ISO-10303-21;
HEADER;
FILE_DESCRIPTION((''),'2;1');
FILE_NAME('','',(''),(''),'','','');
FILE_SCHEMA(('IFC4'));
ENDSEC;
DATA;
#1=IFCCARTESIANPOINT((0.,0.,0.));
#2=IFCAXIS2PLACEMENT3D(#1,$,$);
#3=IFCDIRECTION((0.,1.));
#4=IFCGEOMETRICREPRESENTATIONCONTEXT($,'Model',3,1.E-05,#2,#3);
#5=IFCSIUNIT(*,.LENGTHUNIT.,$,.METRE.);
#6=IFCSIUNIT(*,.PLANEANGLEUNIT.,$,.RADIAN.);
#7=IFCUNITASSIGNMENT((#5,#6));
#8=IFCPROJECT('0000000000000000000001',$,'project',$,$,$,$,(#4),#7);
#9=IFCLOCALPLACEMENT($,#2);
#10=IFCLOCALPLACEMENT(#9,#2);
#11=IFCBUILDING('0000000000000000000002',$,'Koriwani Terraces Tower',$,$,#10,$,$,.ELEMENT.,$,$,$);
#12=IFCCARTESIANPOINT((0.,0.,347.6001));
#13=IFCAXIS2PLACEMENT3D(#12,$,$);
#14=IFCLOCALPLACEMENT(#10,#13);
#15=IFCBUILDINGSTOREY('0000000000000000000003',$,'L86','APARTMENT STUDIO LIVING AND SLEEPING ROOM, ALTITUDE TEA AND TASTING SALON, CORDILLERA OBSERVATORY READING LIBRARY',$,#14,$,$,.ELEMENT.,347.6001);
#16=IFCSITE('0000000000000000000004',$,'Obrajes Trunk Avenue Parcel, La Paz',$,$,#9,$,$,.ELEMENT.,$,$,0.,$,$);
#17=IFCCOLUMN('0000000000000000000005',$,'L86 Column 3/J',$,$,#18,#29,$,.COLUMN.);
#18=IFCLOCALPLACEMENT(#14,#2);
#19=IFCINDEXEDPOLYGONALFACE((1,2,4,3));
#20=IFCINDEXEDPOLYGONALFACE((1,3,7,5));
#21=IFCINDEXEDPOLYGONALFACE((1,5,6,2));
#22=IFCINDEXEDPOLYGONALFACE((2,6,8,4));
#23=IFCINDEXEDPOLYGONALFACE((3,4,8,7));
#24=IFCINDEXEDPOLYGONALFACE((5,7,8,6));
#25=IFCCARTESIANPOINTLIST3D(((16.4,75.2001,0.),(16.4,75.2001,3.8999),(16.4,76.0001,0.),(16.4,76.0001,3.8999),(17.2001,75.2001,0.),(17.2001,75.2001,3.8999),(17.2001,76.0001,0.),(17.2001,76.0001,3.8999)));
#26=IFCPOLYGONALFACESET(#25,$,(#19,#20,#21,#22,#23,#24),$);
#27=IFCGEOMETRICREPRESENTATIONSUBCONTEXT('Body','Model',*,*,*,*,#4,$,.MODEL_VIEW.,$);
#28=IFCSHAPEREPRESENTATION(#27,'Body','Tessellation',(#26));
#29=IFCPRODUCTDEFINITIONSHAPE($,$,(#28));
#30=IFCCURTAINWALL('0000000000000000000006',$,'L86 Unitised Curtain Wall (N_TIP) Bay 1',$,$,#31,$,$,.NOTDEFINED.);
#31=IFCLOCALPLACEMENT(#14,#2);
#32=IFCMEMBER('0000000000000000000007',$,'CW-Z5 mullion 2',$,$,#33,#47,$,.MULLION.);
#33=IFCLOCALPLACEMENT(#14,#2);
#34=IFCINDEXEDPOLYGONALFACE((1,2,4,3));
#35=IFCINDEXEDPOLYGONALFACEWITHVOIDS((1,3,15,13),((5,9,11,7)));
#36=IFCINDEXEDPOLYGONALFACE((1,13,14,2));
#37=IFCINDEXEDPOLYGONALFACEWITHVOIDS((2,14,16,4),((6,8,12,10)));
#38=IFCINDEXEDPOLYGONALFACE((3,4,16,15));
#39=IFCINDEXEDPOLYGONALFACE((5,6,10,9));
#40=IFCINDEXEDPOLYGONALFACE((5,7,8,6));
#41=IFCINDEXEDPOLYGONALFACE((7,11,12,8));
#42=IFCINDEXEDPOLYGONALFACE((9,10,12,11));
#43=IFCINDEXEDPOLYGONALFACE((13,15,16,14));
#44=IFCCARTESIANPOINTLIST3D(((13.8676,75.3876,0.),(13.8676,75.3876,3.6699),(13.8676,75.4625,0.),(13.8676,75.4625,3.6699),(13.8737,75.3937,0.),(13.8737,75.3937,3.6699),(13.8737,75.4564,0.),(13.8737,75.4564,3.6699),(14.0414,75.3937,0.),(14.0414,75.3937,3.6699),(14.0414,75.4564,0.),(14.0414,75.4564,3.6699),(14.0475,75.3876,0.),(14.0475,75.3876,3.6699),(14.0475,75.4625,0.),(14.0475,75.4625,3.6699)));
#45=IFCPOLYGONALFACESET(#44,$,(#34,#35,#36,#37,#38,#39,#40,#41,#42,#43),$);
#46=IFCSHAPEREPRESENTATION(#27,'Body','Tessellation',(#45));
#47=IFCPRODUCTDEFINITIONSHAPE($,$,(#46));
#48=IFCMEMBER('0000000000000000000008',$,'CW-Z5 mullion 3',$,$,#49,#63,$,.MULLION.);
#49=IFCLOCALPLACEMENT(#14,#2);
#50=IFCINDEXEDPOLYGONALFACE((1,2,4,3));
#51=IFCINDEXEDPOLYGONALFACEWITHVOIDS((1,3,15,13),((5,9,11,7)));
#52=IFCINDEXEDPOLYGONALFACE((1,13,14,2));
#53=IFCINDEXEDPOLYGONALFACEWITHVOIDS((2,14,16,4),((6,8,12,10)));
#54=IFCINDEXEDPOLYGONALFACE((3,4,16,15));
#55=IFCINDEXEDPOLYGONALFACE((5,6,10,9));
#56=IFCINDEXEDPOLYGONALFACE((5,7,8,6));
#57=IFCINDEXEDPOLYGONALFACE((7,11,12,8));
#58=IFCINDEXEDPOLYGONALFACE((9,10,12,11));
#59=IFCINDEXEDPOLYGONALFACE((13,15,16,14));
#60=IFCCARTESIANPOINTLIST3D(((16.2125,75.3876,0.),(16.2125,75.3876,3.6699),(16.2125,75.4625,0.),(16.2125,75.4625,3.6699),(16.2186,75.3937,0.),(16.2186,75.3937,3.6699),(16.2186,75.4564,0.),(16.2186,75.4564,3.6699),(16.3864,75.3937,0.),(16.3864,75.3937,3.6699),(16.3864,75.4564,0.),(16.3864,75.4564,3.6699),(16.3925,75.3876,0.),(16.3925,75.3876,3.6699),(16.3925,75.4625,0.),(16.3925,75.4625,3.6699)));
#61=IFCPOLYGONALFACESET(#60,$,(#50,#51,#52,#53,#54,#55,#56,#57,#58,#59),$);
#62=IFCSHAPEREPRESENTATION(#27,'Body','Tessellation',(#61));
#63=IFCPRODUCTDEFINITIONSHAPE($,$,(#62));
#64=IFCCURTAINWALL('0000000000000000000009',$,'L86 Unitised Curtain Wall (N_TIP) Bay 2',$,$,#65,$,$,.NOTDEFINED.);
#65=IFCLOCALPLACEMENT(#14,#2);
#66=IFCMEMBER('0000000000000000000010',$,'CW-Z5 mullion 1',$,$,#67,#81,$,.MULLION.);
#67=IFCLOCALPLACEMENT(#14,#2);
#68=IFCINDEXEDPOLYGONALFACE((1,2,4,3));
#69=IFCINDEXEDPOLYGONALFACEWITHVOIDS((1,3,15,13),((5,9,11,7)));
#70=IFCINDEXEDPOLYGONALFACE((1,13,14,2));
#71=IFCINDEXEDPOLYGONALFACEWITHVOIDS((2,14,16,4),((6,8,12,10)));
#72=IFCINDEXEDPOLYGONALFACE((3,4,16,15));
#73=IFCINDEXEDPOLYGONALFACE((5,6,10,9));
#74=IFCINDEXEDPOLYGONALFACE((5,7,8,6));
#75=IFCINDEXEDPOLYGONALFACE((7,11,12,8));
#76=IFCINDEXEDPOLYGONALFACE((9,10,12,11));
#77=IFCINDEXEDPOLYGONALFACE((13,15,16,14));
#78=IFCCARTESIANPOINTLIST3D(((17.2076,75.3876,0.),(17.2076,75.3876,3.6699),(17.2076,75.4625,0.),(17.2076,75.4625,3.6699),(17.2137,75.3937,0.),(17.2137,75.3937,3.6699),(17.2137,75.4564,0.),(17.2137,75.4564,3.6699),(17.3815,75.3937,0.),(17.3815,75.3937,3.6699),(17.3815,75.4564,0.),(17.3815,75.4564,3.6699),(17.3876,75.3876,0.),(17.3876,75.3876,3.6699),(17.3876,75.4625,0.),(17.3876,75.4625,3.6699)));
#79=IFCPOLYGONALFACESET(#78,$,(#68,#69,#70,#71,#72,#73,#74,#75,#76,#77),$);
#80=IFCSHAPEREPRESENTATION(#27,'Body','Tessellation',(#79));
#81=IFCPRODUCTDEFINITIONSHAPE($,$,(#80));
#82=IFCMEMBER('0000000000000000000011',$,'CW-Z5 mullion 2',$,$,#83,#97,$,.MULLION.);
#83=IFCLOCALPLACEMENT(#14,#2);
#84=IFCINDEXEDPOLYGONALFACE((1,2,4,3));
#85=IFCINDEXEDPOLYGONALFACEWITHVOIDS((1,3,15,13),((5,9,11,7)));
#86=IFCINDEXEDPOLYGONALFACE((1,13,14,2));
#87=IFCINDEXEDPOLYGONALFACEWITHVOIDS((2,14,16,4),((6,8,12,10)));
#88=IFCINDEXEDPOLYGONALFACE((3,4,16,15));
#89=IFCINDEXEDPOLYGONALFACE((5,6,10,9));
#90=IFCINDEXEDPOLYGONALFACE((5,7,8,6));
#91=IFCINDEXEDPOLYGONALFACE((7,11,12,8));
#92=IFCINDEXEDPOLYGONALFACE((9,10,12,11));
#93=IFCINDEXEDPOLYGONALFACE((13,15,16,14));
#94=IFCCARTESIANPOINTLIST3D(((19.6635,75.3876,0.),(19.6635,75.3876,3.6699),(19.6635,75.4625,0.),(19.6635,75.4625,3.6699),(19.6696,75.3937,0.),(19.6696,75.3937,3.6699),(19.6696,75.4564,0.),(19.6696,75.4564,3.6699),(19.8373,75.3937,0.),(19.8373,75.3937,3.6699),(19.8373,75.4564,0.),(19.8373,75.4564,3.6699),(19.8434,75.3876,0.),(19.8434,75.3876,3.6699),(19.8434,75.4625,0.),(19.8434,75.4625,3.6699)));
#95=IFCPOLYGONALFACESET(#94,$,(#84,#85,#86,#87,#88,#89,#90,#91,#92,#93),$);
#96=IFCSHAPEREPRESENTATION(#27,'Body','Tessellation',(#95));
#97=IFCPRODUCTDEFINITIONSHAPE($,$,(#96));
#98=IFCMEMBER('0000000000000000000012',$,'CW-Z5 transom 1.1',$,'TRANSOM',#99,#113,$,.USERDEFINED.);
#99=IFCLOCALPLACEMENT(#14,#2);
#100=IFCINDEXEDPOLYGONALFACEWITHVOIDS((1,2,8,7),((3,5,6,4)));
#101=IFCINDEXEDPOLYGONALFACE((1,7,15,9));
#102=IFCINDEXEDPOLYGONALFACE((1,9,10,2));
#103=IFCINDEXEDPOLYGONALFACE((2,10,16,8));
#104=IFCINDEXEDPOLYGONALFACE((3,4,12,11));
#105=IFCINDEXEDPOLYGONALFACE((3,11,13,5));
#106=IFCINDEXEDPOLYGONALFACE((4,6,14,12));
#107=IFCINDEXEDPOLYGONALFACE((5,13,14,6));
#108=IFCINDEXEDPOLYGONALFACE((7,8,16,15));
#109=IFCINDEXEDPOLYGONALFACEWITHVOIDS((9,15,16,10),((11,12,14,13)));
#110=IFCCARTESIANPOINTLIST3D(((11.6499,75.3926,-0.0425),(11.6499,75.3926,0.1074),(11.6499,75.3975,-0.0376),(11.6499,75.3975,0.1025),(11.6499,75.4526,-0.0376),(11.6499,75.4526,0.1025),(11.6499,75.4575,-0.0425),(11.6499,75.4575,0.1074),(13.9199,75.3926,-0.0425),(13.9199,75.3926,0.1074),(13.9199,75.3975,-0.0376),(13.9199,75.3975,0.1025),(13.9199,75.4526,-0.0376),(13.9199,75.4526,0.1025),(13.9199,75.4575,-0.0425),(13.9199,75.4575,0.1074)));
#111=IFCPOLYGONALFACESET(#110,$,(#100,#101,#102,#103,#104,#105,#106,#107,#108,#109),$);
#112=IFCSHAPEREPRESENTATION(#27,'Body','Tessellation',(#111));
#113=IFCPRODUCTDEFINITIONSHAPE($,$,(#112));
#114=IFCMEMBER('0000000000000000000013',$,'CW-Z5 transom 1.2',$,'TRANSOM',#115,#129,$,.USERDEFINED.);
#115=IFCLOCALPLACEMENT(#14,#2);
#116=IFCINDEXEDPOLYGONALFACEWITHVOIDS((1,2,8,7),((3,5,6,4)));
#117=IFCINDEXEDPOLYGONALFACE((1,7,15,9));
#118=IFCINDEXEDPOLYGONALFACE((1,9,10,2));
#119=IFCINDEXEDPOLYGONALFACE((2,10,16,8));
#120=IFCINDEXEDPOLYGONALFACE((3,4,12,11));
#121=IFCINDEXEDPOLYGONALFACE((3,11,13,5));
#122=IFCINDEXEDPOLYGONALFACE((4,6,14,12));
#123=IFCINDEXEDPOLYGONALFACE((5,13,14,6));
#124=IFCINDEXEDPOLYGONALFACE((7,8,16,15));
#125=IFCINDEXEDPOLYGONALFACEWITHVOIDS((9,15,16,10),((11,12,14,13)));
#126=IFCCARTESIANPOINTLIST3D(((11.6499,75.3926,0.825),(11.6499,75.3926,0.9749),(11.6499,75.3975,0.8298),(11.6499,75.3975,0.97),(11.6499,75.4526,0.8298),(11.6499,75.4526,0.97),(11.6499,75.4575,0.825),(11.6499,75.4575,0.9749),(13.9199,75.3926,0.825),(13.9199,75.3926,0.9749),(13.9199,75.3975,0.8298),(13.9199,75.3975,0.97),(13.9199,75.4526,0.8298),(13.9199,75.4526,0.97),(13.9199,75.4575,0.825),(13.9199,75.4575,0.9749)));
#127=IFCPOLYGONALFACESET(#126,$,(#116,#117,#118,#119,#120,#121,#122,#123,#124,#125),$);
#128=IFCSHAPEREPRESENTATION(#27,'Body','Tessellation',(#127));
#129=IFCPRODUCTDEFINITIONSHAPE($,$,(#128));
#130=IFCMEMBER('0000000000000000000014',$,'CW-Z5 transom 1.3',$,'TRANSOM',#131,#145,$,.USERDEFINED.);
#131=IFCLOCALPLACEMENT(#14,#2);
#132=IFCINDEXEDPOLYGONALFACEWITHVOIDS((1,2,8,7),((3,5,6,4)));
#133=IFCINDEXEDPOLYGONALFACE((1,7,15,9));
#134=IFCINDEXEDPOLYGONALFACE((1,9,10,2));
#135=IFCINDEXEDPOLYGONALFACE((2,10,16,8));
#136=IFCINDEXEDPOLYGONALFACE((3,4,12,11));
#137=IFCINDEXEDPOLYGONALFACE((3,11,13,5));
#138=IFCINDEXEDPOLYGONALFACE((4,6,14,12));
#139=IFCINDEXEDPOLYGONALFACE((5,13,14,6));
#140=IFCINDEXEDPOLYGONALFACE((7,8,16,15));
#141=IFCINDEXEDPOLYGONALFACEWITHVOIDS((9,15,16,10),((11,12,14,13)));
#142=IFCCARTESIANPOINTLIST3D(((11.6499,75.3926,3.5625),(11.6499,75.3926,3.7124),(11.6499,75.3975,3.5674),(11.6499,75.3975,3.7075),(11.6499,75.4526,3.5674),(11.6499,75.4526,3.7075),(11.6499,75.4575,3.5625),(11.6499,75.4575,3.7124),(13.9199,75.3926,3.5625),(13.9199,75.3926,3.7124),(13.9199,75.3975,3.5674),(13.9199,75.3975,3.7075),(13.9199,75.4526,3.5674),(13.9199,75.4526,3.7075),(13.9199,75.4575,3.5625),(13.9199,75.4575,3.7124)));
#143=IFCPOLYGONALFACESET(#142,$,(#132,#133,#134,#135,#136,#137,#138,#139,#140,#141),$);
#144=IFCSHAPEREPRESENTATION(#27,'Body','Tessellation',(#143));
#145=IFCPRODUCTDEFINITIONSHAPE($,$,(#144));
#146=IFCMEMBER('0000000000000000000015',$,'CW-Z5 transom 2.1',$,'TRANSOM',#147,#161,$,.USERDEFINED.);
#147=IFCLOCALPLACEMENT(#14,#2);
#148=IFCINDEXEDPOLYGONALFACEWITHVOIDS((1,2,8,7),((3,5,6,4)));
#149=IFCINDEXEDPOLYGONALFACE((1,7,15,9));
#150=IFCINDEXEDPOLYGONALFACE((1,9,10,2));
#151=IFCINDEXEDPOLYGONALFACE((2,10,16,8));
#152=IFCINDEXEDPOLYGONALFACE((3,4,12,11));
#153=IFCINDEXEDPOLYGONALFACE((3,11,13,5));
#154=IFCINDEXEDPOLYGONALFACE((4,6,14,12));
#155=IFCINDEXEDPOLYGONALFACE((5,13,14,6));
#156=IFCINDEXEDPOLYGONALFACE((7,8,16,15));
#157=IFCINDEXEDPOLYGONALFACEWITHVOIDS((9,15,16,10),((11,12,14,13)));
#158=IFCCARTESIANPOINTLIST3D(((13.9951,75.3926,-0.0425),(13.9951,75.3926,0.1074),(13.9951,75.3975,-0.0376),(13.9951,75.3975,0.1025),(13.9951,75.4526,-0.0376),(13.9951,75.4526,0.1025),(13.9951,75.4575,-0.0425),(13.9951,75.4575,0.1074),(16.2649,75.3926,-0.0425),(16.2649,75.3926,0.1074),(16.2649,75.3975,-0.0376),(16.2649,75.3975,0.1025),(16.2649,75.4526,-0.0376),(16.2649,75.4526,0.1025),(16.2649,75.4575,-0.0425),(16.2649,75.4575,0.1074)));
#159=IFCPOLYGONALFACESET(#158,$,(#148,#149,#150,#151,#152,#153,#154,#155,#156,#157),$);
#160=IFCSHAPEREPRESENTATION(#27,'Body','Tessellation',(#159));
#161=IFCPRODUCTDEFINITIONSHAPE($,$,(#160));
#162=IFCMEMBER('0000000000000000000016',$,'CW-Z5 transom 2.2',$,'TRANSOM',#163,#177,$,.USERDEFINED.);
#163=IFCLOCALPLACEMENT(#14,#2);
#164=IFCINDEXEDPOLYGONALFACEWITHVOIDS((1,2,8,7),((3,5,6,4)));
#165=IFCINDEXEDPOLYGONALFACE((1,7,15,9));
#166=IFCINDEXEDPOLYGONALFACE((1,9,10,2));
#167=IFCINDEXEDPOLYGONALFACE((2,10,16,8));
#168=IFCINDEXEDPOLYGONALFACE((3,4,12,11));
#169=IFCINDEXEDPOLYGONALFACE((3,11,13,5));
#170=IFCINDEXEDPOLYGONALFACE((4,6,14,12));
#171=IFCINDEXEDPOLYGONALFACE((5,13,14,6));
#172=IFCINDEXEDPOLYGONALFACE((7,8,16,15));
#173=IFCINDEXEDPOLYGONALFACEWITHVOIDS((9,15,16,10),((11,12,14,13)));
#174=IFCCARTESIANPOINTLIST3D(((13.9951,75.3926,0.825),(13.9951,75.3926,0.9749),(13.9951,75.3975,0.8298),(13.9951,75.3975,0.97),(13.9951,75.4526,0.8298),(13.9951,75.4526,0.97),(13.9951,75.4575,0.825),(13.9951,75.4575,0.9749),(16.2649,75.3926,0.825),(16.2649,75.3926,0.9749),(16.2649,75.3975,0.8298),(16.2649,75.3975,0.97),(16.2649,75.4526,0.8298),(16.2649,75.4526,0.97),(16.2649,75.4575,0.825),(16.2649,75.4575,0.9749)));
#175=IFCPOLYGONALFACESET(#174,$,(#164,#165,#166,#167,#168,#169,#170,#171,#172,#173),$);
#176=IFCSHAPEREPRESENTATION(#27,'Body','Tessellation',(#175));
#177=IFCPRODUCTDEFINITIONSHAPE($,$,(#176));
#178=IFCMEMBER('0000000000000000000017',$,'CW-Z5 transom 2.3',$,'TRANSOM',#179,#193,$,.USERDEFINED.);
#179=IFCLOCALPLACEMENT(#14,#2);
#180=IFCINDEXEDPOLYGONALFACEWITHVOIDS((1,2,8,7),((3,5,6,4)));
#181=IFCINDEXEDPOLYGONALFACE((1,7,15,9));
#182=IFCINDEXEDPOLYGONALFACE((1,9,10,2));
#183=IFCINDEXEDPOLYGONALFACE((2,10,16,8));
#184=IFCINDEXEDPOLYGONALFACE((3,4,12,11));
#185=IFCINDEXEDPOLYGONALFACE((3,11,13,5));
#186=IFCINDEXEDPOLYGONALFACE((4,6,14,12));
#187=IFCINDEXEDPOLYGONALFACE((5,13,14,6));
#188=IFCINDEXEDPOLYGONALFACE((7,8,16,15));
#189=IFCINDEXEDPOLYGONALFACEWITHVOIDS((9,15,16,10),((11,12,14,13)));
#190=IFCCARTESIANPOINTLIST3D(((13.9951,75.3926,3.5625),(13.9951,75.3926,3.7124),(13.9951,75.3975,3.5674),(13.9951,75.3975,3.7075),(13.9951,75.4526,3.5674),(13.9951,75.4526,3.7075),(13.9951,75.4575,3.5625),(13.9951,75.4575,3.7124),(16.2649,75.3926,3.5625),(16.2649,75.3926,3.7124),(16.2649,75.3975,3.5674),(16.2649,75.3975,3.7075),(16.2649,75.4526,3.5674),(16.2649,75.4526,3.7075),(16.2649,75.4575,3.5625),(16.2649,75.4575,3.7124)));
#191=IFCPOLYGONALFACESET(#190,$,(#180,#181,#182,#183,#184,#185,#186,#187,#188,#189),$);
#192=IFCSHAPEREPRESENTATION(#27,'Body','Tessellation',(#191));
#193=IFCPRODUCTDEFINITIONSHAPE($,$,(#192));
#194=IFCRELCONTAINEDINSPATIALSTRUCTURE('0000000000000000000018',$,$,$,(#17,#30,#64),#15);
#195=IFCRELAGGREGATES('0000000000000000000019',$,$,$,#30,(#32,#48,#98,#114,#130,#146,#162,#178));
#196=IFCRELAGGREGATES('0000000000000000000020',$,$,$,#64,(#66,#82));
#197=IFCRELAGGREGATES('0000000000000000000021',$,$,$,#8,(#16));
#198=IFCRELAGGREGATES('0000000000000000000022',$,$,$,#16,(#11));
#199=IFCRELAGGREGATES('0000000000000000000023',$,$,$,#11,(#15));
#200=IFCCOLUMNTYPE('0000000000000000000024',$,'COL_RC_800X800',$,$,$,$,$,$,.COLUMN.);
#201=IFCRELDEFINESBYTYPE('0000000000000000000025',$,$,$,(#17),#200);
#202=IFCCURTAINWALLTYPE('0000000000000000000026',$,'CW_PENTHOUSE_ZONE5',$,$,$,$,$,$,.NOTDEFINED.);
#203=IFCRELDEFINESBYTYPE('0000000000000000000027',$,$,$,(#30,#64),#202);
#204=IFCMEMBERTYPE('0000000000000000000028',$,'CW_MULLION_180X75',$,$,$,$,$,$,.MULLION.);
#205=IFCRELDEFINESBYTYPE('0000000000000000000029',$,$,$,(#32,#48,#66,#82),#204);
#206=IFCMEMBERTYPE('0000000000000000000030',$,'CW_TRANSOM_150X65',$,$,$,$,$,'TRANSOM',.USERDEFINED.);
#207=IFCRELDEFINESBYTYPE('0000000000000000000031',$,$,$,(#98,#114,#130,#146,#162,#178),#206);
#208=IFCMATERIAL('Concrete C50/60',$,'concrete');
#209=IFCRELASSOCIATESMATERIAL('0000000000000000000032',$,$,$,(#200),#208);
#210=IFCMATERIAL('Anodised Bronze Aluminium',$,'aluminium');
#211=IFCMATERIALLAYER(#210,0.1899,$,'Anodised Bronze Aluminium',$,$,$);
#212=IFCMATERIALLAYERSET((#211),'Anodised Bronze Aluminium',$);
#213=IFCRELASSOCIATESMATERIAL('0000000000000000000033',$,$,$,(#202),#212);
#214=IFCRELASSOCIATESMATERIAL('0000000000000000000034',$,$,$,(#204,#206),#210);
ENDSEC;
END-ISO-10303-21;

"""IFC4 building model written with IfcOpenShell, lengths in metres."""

from ifc_helpers import new_model, si_unit, direction, frame, origin, origin_2d, place, context, subcontext, project, spatial, rectangle, hollow_rectangle, extrude, material, layer, layer_set, material_profile, profile_set, type_object, element, aggregate, save


model = new_model("IFC4")

# Units and contexts
model_context = context("Model", 3, precision=1e-05, world=origin(), true_north=direction((0.0, 1.0)))
body_context = subcontext(model_context, "Body", "Model", "MODEL_VIEW")
ifc_project = project(units=[si_unit("LENGTHUNIT", "METRE"), si_unit("PLANEANGLEUNIT", "RADIAN")], contexts=[model_context])

# Site, building, storey
site_placement = place(None, origin())
site = spatial("IfcSite", under=ifc_project, at=site_placement, Name="Obrajes Trunk Avenue Parcel, La Paz", CompositionType="ELEMENT", RefElevation=0.0)
building_placement = place(site_placement, origin())
building = spatial("IfcBuilding", under=site, at=building_placement, Name="Koriwani Terraces Tower", CompositionType="ELEMENT")
storey_placement = place(building_placement, frame((0.0, 0.0, 347.6001)))
storey = spatial("IfcBuildingStorey", under=building, at=storey_placement, Name="L86", Description="APARTMENT STUDIO LIVING AND SLEEPING ROOM, ALTITUDE TEA AND TASTING SALON, CORDILLERA OBSERVATORY READING LIBRARY", CompositionType="ELEMENT", Elevation=347.6001)

# Column
ifc_material_1 = material(Name="Concrete C50/60", Category="concrete")
ifc_material_profile_1 = material_profile(ifc_material_1, rectangle(XDim=0.8, YDim=0.8, at=origin_2d()), Name="Concrete C50/60", Category="LoadBearing")
ifc_profile_set_1 = profile_set([ifc_material_profile_1], Name="Concrete C50/60")
column_type = type_object("IfcColumnType", Name="COL_RC_800X800", PredefinedType="COLUMN", material=ifc_profile_set_1)
column_placement = place(storey_placement, frame((16.8, 75.6001, 0.0), z_axis=(0.0, 0.0, 1.0), x_axis=(1.0, 0.0, 0.0)))
element("IfcColumn", 1, at=column_placement, inside=storey, type_object=column_type, Name="L86 Column 3/J", PredefinedType="COLUMN", context=body_context, shape_type="SweptSolid", body=[
    extrude(rectangle(XDim=0.8, YDim=0.8, at=origin_2d()), origin(), (0.0, 0.0, 1.0), 3.8999),
])

# Curtain walls, members
ifc_material_2 = material(Name="Anodised Bronze Aluminium", Category="aluminium")
ifc_layer_1 = layer(ifc_material_2, 0.1899, Name="Anodised Bronze Aluminium")
ifc_layer_set_1 = layer_set([ifc_layer_1], Name="Anodised Bronze Aluminium")
curtain_wall_type = type_object("IfcCurtainWallType", Name="CW_PENTHOUSE_ZONE5", PredefinedType="NOTDEFINED", material=ifc_layer_set_1)
curtain_wall_1_placement = place(storey_placement, origin())
curtain_wall_1 = element("IfcCurtainWall", 2, at=curtain_wall_1_placement, inside=storey, type_object=curtain_wall_type, Name="L86 Unitised Curtain Wall (N_TIP) Bay 1", PredefinedType="NOTDEFINED")
ifc_material_profile_2 = material_profile(ifc_material_2, hollow_rectangle(XDim=0.075, YDim=0.1799, WallThickness=0.0061, at=origin_2d()), Name="Anodised Bronze Aluminium", Category="LoadBearing")
ifc_profile_set_2 = profile_set([ifc_material_profile_2], Name="Anodised Bronze Aluminium")
member_type_1 = type_object("IfcMemberType", Name="CW_MULLION_180X75", PredefinedType="MULLION", material=ifc_profile_set_2)
member_1_placement = place(storey_placement, frame((13.9575, 75.425, 0.0), z_axis=(0.0, 0.0, 1.0), x_axis=(0.0, 1.0, 0.0)))
member_1 = element("IfcMember", 3, at=member_1_placement, type_object=member_type_1, Name="CW-Z5 mullion 2", PredefinedType="MULLION", context=body_context, shape_type="SweptSolid", body=[
    extrude(hollow_rectangle(XDim=0.075, YDim=0.1799, WallThickness=0.0061, at=origin_2d()), origin(), (0.0, 0.0, 1.0), 3.6699),
])
member_2_placement = place(storey_placement, frame((16.3025, 75.425, 0.0), z_axis=(0.0, 0.0, 1.0), x_axis=(0.0, 1.0, 0.0)))
member_2 = element("IfcMember", 4, at=member_2_placement, type_object=member_type_1, Name="CW-Z5 mullion 3", PredefinedType="MULLION", context=body_context, shape_type="SweptSolid", body=[
    extrude(hollow_rectangle(XDim=0.075, YDim=0.1799, WallThickness=0.0061, at=origin_2d()), origin(), (0.0, 0.0, 1.0), 3.6699),
])
curtain_wall_2_placement = place(storey_placement, origin())
curtain_wall_2 = element("IfcCurtainWall", 5, at=curtain_wall_2_placement, inside=storey, type_object=curtain_wall_type, Name="L86 Unitised Curtain Wall (N_TIP) Bay 2", PredefinedType="NOTDEFINED")
member_3_placement = place(storey_placement, frame((17.2976, 75.425, 0.0), z_axis=(0.0, 0.0, 1.0), x_axis=(0.0, 1.0, 0.0)))
member_3 = element("IfcMember", 6, at=member_3_placement, type_object=member_type_1, Name="CW-Z5 mullion 1", PredefinedType="MULLION", context=body_context, shape_type="SweptSolid", body=[
    extrude(hollow_rectangle(XDim=0.075, YDim=0.1799, WallThickness=0.0061, at=origin_2d()), origin(), (0.0, 0.0, 1.0), 3.6699),
])
member_4_placement = place(storey_placement, frame((19.7534, 75.425, 0.0), z_axis=(0.0, 0.0, 1.0), x_axis=(0.0, 1.0, 0.0)))
member_4 = element("IfcMember", 7, at=member_4_placement, type_object=member_type_1, Name="CW-Z5 mullion 2", PredefinedType="MULLION", context=body_context, shape_type="SweptSolid", body=[
    extrude(hollow_rectangle(XDim=0.075, YDim=0.1799, WallThickness=0.0061, at=origin_2d()), origin(), (0.0, 0.0, 1.0), 3.6699),
])

# Members
ifc_material_profile_3 = material_profile(ifc_material_2, hollow_rectangle(XDim=0.0649, YDim=0.1499, WallThickness=0.0049, at=origin_2d()), Name="Anodised Bronze Aluminium", Category="LoadBearing")
ifc_profile_set_3 = profile_set([ifc_material_profile_3], Name="Anodised Bronze Aluminium")
member_type_2 = type_object("IfcMemberType", Name="CW_TRANSOM_150X65", ElementType="TRANSOM", PredefinedType="USERDEFINED", material=ifc_profile_set_3)
member_5_placement = place(storey_placement, frame((11.6499, 75.425, 0.0325), z_axis=(1.0, 0.0, 0.0), x_axis=(0.0, 1.0, 0.0)))
member_5 = element("IfcMember", 8, at=member_5_placement, type_object=member_type_2, Name="CW-Z5 transom 1.1", ObjectType="TRANSOM", PredefinedType="USERDEFINED", context=body_context, shape_type="SweptSolid", body=[
    extrude(hollow_rectangle(XDim=0.0649, YDim=0.1499, WallThickness=0.0049, at=origin_2d()), origin(), (0.0, 0.0, 1.0), 2.27),
])
member_6_placement = place(storey_placement, frame((11.6499, 75.425, 0.8999), z_axis=(1.0, 0.0, 0.0), x_axis=(0.0, 1.0, 0.0)))
member_6 = element("IfcMember", 9, at=member_6_placement, type_object=member_type_2, Name="CW-Z5 transom 1.2", ObjectType="TRANSOM", PredefinedType="USERDEFINED", context=body_context, shape_type="SweptSolid", body=[
    extrude(hollow_rectangle(XDim=0.0649, YDim=0.1499, WallThickness=0.0049, at=origin_2d()), origin(), (0.0, 0.0, 1.0), 2.27),
])
member_7_placement = place(storey_placement, frame((11.6499, 75.425, 3.6375), z_axis=(1.0, 0.0, 0.0), x_axis=(0.0, 1.0, 0.0)))
member_7 = element("IfcMember", 10, at=member_7_placement, type_object=member_type_2, Name="CW-Z5 transom 1.3", ObjectType="TRANSOM", PredefinedType="USERDEFINED", context=body_context, shape_type="SweptSolid", body=[
    extrude(hollow_rectangle(XDim=0.0649, YDim=0.1499, WallThickness=0.0049, at=origin_2d()), origin(), (0.0, 0.0, 1.0), 2.27),
])
member_8_placement = place(storey_placement, frame((13.9951, 75.425, 0.0325), z_axis=(1.0, 0.0, 0.0), x_axis=(0.0, 1.0, 0.0)))
member_8 = element("IfcMember", 11, at=member_8_placement, type_object=member_type_2, Name="CW-Z5 transom 2.1", ObjectType="TRANSOM", PredefinedType="USERDEFINED", context=body_context, shape_type="SweptSolid", body=[
    extrude(hollow_rectangle(XDim=0.0649, YDim=0.1499, WallThickness=0.0049, at=origin_2d()), origin(), (0.0, 0.0, 1.0), 2.2698),
])
member_9_placement = place(storey_placement, frame((13.9951, 75.425, 0.8999), z_axis=(1.0, 0.0, 0.0), x_axis=(0.0, 1.0, 0.0)))
member_9 = element("IfcMember", 12, at=member_9_placement, type_object=member_type_2, Name="CW-Z5 transom 2.2", ObjectType="TRANSOM", PredefinedType="USERDEFINED", context=body_context, shape_type="SweptSolid", body=[
    extrude(hollow_rectangle(XDim=0.0649, YDim=0.1499, WallThickness=0.0049, at=origin_2d()), origin(), (0.0, 0.0, 1.0), 2.2698),
])
member_10_placement = place(storey_placement, frame((13.9951, 75.425, 3.6375), z_axis=(1.0, 0.0, 0.0), x_axis=(0.0, 1.0, 0.0)))
member_10 = element("IfcMember", 13, at=member_10_placement, type_object=member_type_2, Name="CW-Z5 transom 2.3", ObjectType="TRANSOM", PredefinedType="USERDEFINED", context=body_context, shape_type="SweptSolid", body=[
    extrude(hollow_rectangle(XDim=0.0649, YDim=0.1499, WallThickness=0.0049, at=origin_2d()), origin(), (0.0, 0.0, 1.0), 2.2698),
])

aggregate(curtain_wall_1, [member_1, member_2, member_5, member_6, member_7, member_8, member_9, member_10])
aggregate(curtain_wall_2, [member_3, member_4])

save(model, "model.ifc")
